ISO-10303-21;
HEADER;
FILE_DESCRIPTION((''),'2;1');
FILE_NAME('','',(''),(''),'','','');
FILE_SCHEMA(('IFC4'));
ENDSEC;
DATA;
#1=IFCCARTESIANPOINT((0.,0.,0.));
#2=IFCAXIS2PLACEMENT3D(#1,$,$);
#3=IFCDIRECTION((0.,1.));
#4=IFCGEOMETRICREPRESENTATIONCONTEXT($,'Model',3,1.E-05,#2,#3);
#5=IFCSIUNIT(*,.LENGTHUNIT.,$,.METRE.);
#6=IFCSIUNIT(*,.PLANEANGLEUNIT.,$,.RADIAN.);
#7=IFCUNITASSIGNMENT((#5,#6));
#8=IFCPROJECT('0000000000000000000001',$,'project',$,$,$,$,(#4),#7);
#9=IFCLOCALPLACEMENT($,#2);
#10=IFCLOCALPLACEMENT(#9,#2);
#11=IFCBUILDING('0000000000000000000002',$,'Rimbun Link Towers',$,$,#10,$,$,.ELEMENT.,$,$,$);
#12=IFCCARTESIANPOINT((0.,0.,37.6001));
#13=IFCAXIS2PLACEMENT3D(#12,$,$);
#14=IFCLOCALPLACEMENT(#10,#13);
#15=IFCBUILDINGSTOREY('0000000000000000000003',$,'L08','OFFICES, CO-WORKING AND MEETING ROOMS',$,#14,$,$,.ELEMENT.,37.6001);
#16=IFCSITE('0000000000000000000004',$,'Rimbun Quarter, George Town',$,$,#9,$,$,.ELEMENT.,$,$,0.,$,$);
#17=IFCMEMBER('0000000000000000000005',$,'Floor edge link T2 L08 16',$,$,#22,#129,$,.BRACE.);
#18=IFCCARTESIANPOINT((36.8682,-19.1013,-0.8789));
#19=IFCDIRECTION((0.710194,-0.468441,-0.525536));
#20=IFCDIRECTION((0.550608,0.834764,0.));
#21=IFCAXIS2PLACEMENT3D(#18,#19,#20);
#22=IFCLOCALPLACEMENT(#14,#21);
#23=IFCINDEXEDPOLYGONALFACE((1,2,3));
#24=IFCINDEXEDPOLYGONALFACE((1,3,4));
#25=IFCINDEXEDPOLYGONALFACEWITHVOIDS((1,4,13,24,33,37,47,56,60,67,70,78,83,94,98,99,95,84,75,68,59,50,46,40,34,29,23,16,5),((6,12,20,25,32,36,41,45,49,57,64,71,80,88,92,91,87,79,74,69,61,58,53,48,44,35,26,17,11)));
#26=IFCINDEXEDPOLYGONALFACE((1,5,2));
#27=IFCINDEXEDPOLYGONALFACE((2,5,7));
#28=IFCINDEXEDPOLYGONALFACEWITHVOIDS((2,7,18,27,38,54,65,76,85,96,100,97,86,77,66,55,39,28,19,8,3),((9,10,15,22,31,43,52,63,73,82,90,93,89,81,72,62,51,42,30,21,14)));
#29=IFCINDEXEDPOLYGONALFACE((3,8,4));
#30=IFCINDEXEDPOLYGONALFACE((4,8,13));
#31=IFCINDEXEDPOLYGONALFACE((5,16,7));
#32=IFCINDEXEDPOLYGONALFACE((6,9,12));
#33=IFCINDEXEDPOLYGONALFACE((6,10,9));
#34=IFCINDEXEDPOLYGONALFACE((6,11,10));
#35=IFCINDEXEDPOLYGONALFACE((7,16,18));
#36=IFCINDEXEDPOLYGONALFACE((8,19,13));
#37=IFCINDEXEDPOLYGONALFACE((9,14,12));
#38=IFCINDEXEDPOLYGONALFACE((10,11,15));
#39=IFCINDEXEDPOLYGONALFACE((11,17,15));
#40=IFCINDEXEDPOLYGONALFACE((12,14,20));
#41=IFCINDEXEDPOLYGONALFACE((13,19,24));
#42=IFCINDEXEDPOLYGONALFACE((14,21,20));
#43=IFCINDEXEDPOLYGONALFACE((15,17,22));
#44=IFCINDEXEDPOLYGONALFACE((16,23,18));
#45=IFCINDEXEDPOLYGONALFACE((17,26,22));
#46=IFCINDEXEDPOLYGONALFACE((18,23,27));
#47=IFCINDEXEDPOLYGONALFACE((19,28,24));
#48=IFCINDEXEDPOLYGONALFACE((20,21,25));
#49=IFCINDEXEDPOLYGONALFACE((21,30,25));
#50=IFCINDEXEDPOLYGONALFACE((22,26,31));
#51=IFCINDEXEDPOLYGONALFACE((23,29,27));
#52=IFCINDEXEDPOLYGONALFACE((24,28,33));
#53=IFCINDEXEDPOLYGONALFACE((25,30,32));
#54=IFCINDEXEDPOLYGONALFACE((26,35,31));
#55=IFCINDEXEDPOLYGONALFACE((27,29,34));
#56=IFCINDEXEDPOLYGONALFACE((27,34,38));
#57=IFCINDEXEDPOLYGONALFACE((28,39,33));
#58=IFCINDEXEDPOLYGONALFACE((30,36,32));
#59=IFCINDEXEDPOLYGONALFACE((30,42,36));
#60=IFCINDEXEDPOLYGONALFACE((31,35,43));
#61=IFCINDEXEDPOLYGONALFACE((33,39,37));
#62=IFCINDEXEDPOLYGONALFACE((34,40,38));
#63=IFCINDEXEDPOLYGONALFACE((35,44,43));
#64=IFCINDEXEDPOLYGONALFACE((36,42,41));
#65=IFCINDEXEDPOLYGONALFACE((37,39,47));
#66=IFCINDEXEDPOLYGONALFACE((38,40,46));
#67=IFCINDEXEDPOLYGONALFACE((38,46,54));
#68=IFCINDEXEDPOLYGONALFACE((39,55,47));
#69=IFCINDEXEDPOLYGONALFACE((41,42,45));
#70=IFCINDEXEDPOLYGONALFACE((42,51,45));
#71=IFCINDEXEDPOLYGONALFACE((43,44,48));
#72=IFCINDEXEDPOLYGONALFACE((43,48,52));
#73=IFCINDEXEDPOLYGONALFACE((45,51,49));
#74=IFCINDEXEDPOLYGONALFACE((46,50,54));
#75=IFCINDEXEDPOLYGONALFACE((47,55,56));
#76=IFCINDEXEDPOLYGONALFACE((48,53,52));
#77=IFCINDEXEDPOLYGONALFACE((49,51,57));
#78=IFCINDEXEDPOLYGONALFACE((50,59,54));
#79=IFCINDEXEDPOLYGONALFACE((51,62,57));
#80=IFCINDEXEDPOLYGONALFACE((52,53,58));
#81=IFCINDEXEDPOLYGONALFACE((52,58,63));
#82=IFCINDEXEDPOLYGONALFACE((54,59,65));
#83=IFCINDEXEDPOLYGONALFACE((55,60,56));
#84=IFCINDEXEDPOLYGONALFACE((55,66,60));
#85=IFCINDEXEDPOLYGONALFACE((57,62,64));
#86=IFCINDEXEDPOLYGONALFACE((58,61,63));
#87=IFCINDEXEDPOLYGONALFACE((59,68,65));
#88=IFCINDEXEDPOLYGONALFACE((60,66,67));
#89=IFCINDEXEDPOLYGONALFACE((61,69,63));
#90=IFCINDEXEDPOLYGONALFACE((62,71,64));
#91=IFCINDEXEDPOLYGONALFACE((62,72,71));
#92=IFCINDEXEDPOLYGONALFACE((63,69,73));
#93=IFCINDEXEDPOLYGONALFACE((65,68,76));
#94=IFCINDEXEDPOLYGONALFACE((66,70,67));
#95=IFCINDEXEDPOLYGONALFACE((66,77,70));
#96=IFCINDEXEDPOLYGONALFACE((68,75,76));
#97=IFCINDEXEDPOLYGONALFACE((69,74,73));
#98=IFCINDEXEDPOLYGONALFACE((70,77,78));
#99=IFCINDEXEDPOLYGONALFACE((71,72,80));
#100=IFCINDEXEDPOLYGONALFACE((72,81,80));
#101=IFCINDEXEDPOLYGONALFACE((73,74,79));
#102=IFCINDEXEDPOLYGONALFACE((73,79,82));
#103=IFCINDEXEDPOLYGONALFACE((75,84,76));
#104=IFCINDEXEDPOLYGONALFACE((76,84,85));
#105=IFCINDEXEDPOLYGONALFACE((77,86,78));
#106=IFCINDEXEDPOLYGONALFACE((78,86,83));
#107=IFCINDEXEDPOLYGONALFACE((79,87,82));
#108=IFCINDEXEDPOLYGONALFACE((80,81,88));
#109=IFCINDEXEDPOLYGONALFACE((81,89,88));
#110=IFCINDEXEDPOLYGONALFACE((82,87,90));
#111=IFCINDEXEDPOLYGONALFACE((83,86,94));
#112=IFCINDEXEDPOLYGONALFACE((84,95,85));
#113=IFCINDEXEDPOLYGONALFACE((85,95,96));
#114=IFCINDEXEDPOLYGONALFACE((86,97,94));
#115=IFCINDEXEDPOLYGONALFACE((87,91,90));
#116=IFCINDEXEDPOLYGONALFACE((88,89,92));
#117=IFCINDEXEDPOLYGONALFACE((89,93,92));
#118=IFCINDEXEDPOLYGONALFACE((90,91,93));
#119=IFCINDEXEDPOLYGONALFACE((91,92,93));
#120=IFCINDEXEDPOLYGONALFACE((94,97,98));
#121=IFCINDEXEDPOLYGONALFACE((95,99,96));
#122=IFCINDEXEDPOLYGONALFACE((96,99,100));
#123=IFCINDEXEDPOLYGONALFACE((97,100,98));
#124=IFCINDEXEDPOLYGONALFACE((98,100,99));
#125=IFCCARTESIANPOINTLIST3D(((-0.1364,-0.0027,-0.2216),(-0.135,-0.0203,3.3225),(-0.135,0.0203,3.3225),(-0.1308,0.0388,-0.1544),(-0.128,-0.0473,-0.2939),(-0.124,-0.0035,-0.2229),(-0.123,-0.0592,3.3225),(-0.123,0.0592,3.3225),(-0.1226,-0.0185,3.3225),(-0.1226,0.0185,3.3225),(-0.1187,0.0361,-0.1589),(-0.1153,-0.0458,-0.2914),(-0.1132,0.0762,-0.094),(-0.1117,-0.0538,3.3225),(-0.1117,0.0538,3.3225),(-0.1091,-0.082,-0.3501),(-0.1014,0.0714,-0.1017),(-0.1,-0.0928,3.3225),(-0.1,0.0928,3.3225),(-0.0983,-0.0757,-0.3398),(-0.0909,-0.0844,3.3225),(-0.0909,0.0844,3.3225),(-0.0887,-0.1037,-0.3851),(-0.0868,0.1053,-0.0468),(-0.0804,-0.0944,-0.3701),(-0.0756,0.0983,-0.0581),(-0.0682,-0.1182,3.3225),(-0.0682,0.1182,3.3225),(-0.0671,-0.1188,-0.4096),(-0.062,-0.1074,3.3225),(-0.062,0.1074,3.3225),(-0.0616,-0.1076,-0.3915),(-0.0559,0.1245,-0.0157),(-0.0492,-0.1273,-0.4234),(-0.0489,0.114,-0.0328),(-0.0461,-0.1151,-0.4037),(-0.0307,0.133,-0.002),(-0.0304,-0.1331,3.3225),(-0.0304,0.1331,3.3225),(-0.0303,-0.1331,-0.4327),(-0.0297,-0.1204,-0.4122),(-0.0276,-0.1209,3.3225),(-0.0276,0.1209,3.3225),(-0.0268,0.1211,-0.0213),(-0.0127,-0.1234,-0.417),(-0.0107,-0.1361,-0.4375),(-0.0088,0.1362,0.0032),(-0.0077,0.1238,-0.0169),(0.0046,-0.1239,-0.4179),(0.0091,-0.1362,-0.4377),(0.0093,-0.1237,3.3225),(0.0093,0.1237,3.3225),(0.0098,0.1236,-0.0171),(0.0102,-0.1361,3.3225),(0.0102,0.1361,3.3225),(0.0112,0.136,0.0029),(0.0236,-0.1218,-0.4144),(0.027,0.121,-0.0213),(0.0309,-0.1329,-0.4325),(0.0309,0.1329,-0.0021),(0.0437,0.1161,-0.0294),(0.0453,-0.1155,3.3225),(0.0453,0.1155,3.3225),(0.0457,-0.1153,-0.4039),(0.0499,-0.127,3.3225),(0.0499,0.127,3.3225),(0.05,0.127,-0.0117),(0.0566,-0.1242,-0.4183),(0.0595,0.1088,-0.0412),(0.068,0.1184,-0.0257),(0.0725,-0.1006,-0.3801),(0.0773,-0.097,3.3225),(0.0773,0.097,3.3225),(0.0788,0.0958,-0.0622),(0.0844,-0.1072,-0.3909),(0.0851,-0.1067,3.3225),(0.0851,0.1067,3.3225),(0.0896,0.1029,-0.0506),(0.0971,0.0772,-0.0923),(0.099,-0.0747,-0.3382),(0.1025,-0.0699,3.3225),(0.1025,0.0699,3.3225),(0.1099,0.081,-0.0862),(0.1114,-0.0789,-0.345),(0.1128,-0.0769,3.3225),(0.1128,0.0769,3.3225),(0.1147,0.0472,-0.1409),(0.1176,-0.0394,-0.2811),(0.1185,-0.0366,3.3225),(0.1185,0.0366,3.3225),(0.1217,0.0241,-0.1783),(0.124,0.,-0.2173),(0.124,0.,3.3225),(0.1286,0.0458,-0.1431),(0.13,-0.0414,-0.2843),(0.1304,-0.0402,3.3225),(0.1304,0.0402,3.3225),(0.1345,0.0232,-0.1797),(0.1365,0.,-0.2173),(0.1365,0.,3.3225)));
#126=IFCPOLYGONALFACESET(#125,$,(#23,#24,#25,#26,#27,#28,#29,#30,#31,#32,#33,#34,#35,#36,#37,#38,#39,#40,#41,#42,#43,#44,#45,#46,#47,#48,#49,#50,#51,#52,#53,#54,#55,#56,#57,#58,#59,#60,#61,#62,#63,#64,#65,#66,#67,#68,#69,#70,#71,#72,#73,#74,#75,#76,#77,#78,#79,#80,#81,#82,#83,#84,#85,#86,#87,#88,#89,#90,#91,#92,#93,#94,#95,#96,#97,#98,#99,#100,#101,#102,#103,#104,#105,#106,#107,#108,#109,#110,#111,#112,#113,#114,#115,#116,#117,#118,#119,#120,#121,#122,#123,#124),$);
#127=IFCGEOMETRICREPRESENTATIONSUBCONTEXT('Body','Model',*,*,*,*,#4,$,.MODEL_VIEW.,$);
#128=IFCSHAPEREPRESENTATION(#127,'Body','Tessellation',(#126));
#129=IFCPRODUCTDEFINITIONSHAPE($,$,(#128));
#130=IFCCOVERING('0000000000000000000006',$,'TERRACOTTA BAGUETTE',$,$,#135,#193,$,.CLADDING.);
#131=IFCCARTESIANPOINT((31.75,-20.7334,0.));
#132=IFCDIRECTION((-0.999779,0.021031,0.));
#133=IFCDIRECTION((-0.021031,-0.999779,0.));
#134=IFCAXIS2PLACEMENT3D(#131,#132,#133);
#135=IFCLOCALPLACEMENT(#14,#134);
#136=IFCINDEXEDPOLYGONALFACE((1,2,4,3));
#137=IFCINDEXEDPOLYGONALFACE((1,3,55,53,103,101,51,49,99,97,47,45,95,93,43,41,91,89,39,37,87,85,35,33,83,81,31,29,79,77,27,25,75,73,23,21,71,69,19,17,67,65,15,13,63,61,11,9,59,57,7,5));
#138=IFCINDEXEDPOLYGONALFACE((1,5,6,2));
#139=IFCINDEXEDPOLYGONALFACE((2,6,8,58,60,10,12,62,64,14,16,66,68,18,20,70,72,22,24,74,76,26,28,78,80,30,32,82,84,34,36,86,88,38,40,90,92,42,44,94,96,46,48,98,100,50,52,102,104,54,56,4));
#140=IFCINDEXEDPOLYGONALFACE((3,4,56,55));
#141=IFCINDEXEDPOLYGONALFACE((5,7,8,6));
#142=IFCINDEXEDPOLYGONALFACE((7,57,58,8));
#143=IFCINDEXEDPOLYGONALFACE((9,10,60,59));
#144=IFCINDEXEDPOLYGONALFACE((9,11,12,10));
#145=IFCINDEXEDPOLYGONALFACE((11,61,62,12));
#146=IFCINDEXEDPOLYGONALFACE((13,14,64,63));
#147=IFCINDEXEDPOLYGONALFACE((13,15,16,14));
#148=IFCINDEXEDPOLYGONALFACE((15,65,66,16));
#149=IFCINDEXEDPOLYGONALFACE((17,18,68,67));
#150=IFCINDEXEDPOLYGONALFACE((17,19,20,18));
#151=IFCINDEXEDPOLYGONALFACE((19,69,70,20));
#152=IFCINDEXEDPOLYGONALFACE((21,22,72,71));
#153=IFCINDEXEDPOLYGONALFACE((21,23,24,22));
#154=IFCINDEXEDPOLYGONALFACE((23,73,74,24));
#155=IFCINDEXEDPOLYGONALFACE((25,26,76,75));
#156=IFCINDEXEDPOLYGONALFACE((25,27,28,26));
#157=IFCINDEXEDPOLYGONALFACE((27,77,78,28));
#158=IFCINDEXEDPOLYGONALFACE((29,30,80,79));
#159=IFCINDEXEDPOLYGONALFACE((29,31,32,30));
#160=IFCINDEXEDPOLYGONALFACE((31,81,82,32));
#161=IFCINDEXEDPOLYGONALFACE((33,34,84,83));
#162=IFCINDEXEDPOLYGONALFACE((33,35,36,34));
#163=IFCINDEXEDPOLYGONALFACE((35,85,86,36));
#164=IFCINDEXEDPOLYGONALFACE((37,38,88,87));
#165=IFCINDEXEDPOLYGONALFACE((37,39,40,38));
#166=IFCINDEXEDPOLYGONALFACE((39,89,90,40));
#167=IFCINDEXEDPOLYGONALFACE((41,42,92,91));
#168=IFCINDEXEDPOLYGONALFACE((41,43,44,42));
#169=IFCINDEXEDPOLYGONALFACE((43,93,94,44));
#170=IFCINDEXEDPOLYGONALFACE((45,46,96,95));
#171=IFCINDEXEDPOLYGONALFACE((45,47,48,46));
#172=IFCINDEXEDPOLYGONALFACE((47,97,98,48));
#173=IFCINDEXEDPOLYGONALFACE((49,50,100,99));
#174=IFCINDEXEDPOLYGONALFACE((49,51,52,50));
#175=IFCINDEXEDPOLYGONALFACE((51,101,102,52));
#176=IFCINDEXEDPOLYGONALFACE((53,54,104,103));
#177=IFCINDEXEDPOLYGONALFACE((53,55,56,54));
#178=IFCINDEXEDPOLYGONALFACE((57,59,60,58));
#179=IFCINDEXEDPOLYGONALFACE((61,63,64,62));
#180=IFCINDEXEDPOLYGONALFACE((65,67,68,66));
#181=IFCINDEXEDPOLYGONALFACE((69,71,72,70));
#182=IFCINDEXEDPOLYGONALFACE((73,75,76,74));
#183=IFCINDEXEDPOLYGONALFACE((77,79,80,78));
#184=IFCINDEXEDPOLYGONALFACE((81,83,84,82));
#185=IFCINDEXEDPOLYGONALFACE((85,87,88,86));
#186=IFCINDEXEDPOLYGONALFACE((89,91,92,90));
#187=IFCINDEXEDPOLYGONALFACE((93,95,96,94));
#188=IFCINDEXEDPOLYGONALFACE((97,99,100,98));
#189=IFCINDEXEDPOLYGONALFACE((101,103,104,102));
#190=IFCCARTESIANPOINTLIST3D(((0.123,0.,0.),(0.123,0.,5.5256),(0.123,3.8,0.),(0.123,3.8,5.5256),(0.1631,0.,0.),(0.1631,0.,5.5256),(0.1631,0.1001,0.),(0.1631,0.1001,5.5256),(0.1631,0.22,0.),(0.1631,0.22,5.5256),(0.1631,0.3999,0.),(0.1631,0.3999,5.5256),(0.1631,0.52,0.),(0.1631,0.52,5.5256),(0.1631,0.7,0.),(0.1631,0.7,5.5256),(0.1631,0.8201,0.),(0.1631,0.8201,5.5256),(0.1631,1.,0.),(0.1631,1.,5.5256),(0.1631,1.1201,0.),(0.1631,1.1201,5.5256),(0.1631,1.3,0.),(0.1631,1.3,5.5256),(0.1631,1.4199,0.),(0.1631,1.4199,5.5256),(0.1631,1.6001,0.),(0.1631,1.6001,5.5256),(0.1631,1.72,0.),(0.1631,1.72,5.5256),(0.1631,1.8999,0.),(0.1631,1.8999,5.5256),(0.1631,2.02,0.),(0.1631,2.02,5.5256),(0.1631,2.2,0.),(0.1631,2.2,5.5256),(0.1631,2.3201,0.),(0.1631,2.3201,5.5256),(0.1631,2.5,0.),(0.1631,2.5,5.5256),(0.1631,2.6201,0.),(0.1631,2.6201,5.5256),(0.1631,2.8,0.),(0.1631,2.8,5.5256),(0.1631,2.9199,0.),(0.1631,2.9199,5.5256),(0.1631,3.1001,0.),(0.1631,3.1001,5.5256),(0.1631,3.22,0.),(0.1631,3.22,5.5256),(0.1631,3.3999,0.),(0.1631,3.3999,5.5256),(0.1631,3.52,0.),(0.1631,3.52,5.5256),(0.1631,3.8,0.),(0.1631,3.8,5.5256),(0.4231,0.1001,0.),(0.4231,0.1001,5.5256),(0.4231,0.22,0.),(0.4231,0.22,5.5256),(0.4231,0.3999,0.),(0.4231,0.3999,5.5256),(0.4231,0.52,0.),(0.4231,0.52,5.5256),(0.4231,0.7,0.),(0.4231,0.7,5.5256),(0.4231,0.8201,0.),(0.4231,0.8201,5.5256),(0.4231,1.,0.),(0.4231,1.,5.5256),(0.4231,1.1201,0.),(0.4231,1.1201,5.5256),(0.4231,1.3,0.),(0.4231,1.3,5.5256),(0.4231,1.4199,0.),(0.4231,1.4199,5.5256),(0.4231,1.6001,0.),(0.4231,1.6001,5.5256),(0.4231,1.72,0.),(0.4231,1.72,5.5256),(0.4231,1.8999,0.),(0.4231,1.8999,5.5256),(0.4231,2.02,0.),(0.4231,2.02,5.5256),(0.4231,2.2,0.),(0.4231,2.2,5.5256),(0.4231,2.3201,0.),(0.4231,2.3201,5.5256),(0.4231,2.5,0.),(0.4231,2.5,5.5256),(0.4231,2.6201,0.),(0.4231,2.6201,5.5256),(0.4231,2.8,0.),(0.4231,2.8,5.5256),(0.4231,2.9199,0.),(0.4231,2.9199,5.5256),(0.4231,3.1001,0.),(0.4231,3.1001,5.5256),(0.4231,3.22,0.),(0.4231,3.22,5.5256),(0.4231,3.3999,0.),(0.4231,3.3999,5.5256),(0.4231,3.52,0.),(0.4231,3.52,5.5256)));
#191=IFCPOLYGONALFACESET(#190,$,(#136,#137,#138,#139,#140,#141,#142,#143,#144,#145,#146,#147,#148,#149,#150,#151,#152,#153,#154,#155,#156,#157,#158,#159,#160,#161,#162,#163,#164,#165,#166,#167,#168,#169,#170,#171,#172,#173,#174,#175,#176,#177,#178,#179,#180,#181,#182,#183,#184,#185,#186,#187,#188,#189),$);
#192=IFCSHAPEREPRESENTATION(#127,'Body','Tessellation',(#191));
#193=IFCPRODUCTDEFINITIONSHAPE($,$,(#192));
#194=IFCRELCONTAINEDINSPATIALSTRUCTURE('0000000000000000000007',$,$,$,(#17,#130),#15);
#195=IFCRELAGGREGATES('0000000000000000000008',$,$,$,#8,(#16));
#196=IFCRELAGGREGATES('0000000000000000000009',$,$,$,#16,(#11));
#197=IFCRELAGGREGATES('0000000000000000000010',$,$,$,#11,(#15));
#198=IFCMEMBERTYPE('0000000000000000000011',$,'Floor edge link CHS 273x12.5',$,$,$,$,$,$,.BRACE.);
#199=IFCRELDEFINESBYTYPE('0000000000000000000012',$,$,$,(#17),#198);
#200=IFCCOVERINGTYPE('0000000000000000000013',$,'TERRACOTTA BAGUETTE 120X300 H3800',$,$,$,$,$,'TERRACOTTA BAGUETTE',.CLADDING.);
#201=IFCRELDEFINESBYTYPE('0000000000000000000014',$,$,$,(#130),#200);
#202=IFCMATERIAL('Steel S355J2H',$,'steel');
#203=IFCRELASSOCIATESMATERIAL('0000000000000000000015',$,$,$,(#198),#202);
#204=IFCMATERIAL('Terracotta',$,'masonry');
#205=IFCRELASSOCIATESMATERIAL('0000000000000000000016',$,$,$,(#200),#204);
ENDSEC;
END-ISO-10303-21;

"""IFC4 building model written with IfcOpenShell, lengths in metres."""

from ifc_helpers import new_model, si_unit, direction, frame, origin, origin_2d, place, context, subcontext, project, spatial, polyline, hollow_circle, outline, extrude, clip, halfspace, material, material_profile, profile_set, type_object, element, save


model = new_model("IFC4")

# Units and contexts
model_context = context("Model", 3, precision=1e-05, world=origin(), true_north=direction((0.0, 1.0)))
body_context = subcontext(model_context, "Body", "Model", "MODEL_VIEW")
ifc_project = project(units=[si_unit("LENGTHUNIT", "METRE"), si_unit("PLANEANGLEUNIT", "RADIAN")], contexts=[model_context])

# Site, building, storey
site_placement = place(None, origin())
site = spatial("IfcSite", under=ifc_project, at=site_placement, Name="Rimbun Quarter, George Town", CompositionType="ELEMENT", RefElevation=0.0)
building_placement = place(site_placement, origin())
building = spatial("IfcBuilding", under=site, at=building_placement, Name="Rimbun Link Towers", CompositionType="ELEMENT")
storey_placement = place(building_placement, frame((0.0, 0.0, 37.6001)))
storey = spatial("IfcBuildingStorey", under=building, at=storey_placement, Name="L08", Description="OFFICES, CO-WORKING AND MEETING ROOMS", CompositionType="ELEMENT", Elevation=37.6001)

# Member
ifc_material_1 = material(Name="Steel S355J2H", Category="steel")
ifc_material_profile_1 = material_profile(ifc_material_1, hollow_circle(Radius=0.1365, WallThickness=0.0125, at=origin_2d()), Name="CHS 273x12.5")
ifc_profile_set_1 = profile_set([ifc_material_profile_1], Name="Steel S355J2H")
member_type_1 = type_object("IfcMemberType", Name="Floor edge link CHS 273x12.5", PredefinedType="BRACE", material=ifc_profile_set_1)
member_1_placement = place(storey_placement, frame((36.8682, -19.1013, -0.8789), z_axis=(0.710194, -0.468441, -0.525536), x_axis=(0.550608, 0.834764, 0.0)))
element("IfcMember", 1, at=member_1_placement, inside=storey, type_object=member_type_1, Name="Floor edge link T2 L08 16", PredefinedType="BRACE", context=body_context, shape_type="Clipping", body=[
    clip(extrude(hollow_circle(Radius=0.1365, WallThickness=0.0125, at=origin_2d()), frame((0.0, 0.0, -0.4609)), (0.0, 0.0, 1.0), 3.7834), halfspace(frame((0.0, 0.0, -0.2173), z_axis=(0.0, 0.850771, -0.525536)), False)),
])

# Covering
ifc_material_2 = material(Name="Terracotta", Category="masonry")
ifc_material_profile_2 = material_profile(ifc_material_2, outline(polyline([(0.123, 0.0), (0.1631, 0.0), (0.1631, 0.1001), (0.4231, 0.1001), (0.4231, 0.22), (0.1631, 0.22), (0.1631, 0.3999), (0.4231, 0.3999), (0.4231, 0.52), (0.1631, 0.52), (0.1631, 0.7), (0.4231, 0.7), (0.4231, 0.8201), (0.1631, 0.8201), (0.1631, 1.0), (0.4231, 1.0), (0.4231, 1.1201), (0.1631, 1.1201), (0.1631, 1.3), (0.4231, 1.3), (0.4231, 1.4199), (0.1631, 1.4199), (0.1631, 1.6001), (0.4231, 1.6001), (0.4231, 1.72), (0.1631, 1.72), (0.1631, 1.8999), (0.4231, 1.8999), (0.4231, 2.02), (0.1631, 2.02), (0.1631, 2.2), (0.4231, 2.2), (0.4231, 2.3201), (0.1631, 2.3201), (0.1631, 2.5), (0.4231, 2.5), (0.4231, 2.6201), (0.1631, 2.6201), (0.1631, 2.8), (0.4231, 2.8), (0.4231, 2.9199), (0.1631, 2.9199), (0.1631, 3.1001), (0.4231, 3.1001), (0.4231, 3.22), (0.1631, 3.22), (0.1631, 3.3999), (0.4231, 3.3999), (0.4231, 3.52), (0.1631, 3.52), (0.1631, 3.8), (0.123, 3.8), (0.123, 0.0)])), Name="BAGUETTE 120X300")
ifc_profile_set_2 = profile_set([ifc_material_profile_2], Name="Terracotta")
covering_type = type_object("IfcCoveringType", Name="TERRACOTTA BAGUETTE 120X300 H3800", ElementType="TERRACOTTA BAGUETTE", PredefinedType="CLADDING", material=ifc_profile_set_2)
covering_1_placement = place(storey_placement, frame((31.75, -20.7334, 0.0), z_axis=(-0.999779, 0.021031, 0.0), x_axis=(-0.021031, -0.999779, 0.0)))
element("IfcCovering", 2, at=covering_1_placement, inside=storey, type_object=covering_type, Name="TERRACOTTA BAGUETTE", PredefinedType="CLADDING", context=body_context, shape_type="SweptSolid", body=[
    extrude(outline(polyline([(0.123, 0.0), (0.1631, 0.0), (0.1631, 0.1001), (0.4231, 0.1001), (0.4231, 0.22), (0.1631, 0.22), (0.1631, 0.3999), (0.4231, 0.3999), (0.4231, 0.52), (0.1631, 0.52), (0.1631, 0.7), (0.4231, 0.7), (0.4231, 0.8201), (0.1631, 0.8201), (0.1631, 1.0), (0.4231, 1.0), (0.4231, 1.1201), (0.1631, 1.1201), (0.1631, 1.3), (0.4231, 1.3), (0.4231, 1.4199), (0.1631, 1.4199), (0.1631, 1.6001), (0.4231, 1.6001), (0.4231, 1.72), (0.1631, 1.72), (0.1631, 1.8999), (0.4231, 1.8999), (0.4231, 2.02), (0.1631, 2.02), (0.1631, 2.2), (0.4231, 2.2), (0.4231, 2.3201), (0.1631, 2.3201), (0.1631, 2.5), (0.4231, 2.5), (0.4231, 2.6201), (0.1631, 2.6201), (0.1631, 2.8), (0.4231, 2.8), (0.4231, 2.9199), (0.1631, 2.9199), (0.1631, 3.1001), (0.4231, 3.1001), (0.4231, 3.22), (0.1631, 3.22), (0.1631, 3.3999), (0.4231, 3.3999), (0.4231, 3.52), (0.1631, 3.52), (0.1631, 3.8), (0.123, 3.8), (0.123, 0.0)])), origin(), (0.0, 0.0, 1.0), 5.5256),
])

save(model, "model.ifc")
